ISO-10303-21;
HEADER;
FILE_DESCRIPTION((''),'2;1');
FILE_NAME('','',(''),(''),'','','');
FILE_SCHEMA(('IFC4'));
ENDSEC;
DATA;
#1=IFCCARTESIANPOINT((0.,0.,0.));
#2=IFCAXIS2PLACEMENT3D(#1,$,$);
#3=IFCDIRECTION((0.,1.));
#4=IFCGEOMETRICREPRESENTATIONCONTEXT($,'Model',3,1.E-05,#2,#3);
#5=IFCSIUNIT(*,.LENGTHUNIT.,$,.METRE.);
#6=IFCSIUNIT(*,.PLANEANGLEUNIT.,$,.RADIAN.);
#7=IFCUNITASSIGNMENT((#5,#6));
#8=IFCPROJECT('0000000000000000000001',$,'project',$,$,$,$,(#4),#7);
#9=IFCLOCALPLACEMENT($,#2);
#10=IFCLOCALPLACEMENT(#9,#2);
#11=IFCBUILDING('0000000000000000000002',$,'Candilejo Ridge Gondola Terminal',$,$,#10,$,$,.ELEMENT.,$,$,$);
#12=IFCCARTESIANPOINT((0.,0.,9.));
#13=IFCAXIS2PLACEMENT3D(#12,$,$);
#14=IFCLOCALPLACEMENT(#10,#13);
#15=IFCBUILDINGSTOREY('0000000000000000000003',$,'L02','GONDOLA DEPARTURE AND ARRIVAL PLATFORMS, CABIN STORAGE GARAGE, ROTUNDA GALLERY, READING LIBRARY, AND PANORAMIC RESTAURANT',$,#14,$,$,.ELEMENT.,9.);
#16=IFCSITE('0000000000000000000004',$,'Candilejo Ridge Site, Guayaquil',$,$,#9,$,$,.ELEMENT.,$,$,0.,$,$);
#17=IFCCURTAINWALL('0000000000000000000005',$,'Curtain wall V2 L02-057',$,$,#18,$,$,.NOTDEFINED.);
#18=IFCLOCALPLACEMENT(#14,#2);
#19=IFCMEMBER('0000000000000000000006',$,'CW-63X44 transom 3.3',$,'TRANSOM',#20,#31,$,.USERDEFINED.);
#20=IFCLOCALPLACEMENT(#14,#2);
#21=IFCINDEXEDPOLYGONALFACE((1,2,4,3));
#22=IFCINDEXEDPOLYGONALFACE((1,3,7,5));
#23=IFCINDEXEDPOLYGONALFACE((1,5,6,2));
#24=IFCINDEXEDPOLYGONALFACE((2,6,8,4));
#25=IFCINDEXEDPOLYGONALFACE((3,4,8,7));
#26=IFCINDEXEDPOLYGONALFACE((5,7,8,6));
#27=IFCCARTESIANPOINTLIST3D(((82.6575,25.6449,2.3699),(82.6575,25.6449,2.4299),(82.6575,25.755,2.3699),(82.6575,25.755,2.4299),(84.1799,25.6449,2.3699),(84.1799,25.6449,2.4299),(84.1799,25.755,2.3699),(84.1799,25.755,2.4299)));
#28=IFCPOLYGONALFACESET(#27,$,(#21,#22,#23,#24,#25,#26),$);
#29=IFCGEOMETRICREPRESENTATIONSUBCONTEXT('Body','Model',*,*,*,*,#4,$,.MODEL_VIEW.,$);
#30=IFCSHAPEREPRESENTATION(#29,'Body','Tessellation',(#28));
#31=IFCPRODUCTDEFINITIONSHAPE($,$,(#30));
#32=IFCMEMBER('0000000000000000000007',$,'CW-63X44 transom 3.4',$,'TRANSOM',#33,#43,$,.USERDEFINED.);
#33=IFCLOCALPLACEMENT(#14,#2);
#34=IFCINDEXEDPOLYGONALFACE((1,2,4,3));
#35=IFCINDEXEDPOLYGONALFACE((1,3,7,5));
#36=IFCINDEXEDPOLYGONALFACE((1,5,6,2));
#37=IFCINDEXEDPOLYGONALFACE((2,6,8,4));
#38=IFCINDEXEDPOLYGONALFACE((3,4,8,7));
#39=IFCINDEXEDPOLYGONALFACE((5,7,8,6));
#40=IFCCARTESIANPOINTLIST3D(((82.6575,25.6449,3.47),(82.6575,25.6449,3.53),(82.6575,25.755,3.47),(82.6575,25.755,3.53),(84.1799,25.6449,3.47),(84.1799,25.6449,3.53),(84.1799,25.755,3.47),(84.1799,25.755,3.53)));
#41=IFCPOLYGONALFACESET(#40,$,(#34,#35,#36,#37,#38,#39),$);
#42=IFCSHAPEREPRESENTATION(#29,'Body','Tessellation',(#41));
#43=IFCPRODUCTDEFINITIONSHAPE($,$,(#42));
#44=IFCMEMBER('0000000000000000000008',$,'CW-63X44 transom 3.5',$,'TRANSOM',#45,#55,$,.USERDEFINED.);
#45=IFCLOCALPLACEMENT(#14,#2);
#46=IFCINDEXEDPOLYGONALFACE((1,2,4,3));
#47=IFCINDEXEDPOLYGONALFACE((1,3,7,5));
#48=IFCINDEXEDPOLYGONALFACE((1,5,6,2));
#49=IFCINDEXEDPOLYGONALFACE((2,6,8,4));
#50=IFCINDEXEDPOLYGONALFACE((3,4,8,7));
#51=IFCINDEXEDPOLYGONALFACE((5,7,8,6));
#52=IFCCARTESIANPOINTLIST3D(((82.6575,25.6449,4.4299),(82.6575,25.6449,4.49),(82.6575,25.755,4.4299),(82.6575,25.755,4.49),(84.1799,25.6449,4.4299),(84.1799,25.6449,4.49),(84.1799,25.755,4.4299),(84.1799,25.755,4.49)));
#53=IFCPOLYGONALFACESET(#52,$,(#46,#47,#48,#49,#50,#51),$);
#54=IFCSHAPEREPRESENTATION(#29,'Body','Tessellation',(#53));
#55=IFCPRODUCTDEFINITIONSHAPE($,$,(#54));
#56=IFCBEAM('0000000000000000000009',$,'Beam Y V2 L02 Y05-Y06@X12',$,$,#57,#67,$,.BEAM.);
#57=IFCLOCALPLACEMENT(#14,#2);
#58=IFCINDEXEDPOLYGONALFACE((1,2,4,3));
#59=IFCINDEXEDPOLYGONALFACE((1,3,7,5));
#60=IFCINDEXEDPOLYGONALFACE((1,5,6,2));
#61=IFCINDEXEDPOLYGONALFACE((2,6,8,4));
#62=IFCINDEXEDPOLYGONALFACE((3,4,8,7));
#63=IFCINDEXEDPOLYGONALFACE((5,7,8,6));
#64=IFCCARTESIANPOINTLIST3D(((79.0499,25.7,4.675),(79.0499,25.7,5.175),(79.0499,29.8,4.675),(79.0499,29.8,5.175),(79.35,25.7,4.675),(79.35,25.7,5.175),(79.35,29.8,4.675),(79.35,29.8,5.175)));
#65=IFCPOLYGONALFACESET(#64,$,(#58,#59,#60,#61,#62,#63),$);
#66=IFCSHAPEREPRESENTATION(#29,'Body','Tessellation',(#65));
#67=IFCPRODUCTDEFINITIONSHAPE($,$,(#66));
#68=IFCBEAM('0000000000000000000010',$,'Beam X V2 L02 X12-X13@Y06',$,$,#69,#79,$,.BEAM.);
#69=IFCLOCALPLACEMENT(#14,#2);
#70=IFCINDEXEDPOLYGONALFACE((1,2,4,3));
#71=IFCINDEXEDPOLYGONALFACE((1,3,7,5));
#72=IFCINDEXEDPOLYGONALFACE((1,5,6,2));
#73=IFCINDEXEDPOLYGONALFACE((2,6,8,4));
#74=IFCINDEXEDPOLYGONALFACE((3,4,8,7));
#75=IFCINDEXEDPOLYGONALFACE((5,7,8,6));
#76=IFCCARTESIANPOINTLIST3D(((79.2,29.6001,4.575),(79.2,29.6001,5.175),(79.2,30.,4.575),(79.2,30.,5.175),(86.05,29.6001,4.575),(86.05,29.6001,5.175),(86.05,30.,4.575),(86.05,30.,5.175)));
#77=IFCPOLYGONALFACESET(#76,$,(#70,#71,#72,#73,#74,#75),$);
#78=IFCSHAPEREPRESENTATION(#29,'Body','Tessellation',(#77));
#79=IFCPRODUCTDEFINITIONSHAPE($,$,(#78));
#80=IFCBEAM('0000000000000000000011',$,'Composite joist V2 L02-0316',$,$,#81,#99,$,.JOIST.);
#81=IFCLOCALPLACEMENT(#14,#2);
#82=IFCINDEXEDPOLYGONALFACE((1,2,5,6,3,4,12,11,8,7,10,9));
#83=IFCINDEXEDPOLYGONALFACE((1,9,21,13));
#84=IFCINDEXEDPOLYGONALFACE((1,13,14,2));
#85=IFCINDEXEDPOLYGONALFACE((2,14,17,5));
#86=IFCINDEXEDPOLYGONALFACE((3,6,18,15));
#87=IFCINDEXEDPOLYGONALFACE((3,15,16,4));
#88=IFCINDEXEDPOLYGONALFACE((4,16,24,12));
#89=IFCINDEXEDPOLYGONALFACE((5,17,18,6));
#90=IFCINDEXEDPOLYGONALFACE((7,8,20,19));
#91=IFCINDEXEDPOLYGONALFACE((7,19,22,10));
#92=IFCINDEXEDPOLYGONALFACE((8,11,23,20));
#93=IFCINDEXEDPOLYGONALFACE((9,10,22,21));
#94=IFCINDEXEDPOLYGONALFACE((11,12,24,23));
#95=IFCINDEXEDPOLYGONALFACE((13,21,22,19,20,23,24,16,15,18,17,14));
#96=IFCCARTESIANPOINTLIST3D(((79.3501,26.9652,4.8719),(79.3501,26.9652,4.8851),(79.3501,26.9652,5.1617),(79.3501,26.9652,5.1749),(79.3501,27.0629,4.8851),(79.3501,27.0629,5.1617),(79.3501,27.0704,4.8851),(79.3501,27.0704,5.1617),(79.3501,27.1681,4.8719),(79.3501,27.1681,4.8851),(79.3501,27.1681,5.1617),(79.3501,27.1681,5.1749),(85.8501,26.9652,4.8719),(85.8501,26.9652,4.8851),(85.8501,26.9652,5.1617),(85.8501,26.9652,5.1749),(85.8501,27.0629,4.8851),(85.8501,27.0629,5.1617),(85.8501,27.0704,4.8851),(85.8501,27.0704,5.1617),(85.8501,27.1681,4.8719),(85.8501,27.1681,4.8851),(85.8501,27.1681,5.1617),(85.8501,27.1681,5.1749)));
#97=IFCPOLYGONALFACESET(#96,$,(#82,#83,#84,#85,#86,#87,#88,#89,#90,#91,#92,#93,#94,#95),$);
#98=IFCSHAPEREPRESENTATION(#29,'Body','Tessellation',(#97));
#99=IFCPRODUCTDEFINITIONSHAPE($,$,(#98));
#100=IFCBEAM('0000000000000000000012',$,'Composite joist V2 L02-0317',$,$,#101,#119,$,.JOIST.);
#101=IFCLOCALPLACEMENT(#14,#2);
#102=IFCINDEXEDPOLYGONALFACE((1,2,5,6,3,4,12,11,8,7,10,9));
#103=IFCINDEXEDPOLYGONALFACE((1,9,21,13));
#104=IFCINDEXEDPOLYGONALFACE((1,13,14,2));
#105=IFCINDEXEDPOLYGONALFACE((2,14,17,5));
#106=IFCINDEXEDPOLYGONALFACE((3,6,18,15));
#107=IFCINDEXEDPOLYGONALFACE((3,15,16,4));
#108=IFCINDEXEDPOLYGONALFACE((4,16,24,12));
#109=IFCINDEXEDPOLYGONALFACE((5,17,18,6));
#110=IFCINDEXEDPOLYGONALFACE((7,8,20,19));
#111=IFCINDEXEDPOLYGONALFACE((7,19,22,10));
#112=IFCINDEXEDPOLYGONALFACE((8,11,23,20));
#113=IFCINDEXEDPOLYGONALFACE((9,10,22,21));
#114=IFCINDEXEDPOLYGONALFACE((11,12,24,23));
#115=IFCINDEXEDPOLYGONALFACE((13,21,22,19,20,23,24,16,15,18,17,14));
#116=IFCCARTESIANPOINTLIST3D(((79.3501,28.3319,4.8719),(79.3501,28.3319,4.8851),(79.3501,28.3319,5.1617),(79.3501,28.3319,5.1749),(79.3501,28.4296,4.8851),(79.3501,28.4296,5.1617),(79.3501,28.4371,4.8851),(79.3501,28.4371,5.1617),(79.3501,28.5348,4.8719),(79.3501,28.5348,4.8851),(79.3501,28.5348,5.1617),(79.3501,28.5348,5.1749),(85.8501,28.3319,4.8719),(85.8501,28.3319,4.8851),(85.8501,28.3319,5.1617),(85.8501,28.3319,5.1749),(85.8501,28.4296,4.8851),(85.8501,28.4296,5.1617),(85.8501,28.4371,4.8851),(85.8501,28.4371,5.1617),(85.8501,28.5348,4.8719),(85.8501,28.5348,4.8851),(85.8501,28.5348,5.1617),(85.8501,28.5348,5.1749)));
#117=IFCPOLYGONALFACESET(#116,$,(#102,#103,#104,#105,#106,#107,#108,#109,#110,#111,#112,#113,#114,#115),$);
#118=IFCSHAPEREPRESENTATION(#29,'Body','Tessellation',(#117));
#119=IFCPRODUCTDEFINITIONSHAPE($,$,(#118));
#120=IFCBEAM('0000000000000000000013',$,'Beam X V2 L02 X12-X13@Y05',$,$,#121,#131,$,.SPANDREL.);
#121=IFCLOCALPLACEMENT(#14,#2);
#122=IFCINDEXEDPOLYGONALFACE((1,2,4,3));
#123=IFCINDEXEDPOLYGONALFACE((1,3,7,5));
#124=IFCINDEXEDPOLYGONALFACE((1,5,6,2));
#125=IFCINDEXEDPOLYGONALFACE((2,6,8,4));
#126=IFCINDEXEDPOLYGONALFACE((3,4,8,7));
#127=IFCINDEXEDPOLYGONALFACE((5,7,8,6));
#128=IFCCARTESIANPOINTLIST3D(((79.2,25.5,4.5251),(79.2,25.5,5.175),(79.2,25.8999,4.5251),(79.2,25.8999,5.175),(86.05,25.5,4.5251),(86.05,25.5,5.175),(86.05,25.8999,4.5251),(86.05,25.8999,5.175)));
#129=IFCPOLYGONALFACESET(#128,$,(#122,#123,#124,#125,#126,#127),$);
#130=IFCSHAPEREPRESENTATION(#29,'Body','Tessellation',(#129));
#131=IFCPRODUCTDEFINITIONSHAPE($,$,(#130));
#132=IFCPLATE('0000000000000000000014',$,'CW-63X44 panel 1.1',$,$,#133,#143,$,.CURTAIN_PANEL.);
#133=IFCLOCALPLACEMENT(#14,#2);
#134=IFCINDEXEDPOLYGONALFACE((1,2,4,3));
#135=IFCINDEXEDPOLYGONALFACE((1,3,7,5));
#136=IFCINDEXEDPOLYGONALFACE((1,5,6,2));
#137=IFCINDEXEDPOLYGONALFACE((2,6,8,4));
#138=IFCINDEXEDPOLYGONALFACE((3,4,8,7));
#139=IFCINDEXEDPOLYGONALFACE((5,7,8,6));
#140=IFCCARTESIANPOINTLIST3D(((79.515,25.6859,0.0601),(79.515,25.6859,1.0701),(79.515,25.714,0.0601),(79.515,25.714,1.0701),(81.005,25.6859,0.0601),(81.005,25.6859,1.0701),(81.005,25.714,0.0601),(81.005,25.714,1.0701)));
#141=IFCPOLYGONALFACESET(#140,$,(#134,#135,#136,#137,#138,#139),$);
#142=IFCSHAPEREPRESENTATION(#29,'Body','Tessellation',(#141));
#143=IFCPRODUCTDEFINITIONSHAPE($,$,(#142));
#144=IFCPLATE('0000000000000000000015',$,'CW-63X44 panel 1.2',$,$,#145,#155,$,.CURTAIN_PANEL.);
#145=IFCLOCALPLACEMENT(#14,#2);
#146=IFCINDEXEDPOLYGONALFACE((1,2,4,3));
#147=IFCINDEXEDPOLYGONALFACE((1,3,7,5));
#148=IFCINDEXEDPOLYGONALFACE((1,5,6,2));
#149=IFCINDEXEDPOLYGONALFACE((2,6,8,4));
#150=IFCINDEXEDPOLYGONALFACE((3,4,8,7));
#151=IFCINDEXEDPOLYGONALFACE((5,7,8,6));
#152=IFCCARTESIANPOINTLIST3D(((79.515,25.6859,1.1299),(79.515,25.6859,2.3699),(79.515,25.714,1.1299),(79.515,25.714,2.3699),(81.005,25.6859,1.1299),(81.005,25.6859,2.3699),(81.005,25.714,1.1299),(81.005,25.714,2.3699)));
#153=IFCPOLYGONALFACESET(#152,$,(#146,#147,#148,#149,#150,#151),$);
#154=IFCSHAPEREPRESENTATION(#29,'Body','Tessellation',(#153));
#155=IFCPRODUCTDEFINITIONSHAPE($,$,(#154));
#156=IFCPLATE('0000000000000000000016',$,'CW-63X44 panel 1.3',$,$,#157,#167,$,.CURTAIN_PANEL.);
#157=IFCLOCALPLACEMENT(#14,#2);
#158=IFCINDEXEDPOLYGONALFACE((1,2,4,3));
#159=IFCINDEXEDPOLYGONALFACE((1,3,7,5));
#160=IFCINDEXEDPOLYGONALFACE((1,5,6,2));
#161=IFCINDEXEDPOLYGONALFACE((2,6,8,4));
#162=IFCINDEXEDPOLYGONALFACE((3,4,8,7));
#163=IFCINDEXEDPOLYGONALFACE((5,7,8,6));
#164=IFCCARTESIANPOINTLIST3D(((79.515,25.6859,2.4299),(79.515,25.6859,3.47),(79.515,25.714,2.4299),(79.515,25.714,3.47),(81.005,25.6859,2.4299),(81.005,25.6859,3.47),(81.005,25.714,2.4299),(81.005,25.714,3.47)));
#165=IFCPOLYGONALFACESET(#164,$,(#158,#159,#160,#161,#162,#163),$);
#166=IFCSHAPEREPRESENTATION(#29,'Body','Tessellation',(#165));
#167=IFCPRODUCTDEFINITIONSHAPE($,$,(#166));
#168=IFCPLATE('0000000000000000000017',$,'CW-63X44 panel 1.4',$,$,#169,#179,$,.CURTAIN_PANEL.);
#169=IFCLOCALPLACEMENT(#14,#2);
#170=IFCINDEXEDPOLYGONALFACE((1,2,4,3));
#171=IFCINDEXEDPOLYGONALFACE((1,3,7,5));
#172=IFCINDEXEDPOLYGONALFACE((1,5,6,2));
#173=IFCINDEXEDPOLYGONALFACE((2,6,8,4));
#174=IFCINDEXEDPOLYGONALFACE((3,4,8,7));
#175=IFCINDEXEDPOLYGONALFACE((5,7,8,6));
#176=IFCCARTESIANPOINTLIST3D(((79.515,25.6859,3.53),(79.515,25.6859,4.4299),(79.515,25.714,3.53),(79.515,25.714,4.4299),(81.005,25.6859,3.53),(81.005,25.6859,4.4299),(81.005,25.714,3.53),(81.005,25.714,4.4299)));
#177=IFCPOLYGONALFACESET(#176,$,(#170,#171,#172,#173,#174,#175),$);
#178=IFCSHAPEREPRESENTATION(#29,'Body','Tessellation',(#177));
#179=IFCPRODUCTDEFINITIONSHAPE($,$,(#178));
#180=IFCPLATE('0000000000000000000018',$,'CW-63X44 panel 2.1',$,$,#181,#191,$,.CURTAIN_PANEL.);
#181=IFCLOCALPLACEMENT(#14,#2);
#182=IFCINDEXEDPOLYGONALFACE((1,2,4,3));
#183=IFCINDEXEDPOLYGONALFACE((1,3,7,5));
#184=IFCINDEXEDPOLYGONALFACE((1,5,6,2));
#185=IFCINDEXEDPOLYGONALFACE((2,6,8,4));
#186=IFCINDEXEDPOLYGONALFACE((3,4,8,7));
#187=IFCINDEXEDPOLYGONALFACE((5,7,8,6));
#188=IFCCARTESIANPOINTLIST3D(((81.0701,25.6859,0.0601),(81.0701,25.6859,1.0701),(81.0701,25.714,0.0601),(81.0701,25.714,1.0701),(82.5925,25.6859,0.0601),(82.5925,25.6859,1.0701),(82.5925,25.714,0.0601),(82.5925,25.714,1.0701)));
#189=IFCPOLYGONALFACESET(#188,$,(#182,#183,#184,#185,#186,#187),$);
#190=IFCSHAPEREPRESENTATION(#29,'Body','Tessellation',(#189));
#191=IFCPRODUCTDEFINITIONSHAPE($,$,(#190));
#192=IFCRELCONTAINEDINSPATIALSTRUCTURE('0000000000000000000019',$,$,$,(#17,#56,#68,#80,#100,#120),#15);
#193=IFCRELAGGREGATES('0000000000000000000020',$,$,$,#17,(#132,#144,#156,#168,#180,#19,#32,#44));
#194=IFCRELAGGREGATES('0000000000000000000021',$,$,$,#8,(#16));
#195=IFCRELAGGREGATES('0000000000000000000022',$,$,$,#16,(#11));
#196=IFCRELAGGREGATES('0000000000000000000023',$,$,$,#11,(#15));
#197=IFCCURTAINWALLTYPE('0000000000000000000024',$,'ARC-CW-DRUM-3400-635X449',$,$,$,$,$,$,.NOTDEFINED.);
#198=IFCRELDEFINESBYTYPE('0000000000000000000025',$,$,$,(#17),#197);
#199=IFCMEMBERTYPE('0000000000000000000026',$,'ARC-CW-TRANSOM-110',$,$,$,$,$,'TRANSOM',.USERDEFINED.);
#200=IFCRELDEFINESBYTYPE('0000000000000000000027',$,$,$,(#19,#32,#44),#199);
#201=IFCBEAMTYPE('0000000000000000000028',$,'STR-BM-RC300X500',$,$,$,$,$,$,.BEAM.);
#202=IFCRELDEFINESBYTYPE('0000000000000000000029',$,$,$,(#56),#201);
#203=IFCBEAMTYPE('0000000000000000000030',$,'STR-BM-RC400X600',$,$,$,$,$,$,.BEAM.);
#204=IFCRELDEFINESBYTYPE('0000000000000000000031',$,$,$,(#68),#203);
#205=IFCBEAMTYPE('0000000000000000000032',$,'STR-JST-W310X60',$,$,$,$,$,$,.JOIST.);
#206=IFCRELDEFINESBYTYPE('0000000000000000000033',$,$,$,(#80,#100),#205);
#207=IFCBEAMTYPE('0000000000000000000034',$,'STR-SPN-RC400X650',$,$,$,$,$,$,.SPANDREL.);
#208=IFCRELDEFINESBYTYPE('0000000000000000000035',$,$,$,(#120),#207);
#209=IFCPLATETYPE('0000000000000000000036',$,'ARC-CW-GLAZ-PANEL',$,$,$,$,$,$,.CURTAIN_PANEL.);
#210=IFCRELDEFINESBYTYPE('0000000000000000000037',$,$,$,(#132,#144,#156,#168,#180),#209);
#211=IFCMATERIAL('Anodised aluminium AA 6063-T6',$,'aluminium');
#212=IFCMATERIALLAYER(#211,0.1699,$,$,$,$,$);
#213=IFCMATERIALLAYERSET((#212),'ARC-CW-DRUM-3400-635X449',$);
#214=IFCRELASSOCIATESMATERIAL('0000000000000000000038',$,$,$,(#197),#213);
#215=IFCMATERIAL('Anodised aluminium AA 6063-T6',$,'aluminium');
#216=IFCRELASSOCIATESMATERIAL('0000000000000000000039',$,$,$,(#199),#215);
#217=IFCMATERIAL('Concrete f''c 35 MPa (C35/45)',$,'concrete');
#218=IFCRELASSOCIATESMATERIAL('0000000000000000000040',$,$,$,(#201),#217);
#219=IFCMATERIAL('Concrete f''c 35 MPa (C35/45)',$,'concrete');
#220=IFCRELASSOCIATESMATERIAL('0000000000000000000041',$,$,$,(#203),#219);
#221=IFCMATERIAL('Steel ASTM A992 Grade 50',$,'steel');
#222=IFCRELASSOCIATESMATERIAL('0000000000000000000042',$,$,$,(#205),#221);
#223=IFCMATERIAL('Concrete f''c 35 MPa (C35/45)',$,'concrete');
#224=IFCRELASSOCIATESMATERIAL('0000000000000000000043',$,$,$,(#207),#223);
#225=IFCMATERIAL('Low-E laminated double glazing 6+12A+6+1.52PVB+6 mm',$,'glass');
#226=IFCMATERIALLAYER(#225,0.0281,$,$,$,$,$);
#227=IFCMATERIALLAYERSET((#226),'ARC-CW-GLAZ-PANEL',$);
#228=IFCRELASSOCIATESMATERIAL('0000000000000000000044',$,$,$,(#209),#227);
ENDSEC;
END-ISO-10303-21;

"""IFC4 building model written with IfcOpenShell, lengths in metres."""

from ifc_helpers import new_model, si_unit, direction, frame, origin, origin_2d, place, context, subcontext, project, spatial, rectangle, i_section, extrude, material, layer, layer_set, material_profile, profile_set, type_object, element, aggregate, save


model = new_model("IFC4")

# Units and contexts
model_context = context("Model", 3, precision=1e-05, world=origin(), true_north=direction((0.0, 1.0)))
body_context = subcontext(model_context, "Body", "Model", "MODEL_VIEW")
ifc_project = project(units=[si_unit("LENGTHUNIT", "METRE"), si_unit("PLANEANGLEUNIT", "RADIAN")], contexts=[model_context])

# Site, building, storey
site_placement = place(None, origin())
site = spatial("IfcSite", under=ifc_project, at=site_placement, Name="Candilejo Ridge Site, Guayaquil", CompositionType="ELEMENT", RefElevation=0.0)
building_placement = place(site_placement, origin())
building = spatial("IfcBuilding", under=site, at=building_placement, Name="Candilejo Ridge Gondola Terminal", CompositionType="ELEMENT")
storey_placement = place(building_placement, frame((0.0, 0.0, 9.0)))
storey = spatial("IfcBuildingStorey", under=building, at=storey_placement, Name="L02", Description="GONDOLA DEPARTURE AND ARRIVAL PLATFORMS, CABIN STORAGE GARAGE, ROTUNDA GALLERY, READING LIBRARY, AND PANORAMIC RESTAURANT", CompositionType="ELEMENT", Elevation=9.0)

# Curtain wall, members
ifc_material_1 = material(Name="Anodised aluminium AA 6063-T6", Category="aluminium")
ifc_layer_1 = layer(ifc_material_1, 0.1699)
ifc_layer_set_1 = layer_set([ifc_layer_1], Name="ARC-CW-DRUM-3400-635X449")
curtain_wall_type = type_object("IfcCurtainWallType", Name="ARC-CW-DRUM-3400-635X449", PredefinedType="NOTDEFINED", material=ifc_layer_set_1)
curtain_wall_placement = place(storey_placement, origin())
curtain_wall = element("IfcCurtainWall", 1, at=curtain_wall_placement, inside=storey, type_object=curtain_wall_type, Name="Curtain wall V2 L02-057", PredefinedType="NOTDEFINED")
ifc_material_2 = material(Name="Anodised aluminium AA 6063-T6", Category="aluminium")
ifc_material_profile_1 = material_profile(ifc_material_2, rectangle(XDim=0.1101, YDim=0.0601, at=origin_2d()))
ifc_profile_set_1 = profile_set([ifc_material_profile_1], Name="Anodised aluminium AA 6063-T6")
member_type_1 = type_object("IfcMemberType", Name="ARC-CW-TRANSOM-110", ElementType="TRANSOM", PredefinedType="USERDEFINED", material=ifc_profile_set_1)
member_1_placement = place(storey_placement, frame((82.6575, 25.7, 2.3999), z_axis=(1.0, 0.0, 0.0), x_axis=(0.0, 1.0, 0.0)))
member_1 = element("IfcMember", 2, at=member_1_placement, type_object=member_type_1, Name="CW-63X44 transom 3.3", ObjectType="TRANSOM", PredefinedType="USERDEFINED", context=body_context, shape_type="SweptSolid", body=[
    extrude(rectangle(XDim=0.1101, YDim=0.0601, at=origin_2d()), origin(), (0.0, 0.0, 1.0), 1.5225),
])
member_2_placement = place(storey_placement, frame((82.6575, 25.7, 3.5), z_axis=(1.0, 0.0, 0.0), x_axis=(0.0, 1.0, 0.0)))
member_2 = element("IfcMember", 3, at=member_2_placement, type_object=member_type_1, Name="CW-63X44 transom 3.4", ObjectType="TRANSOM", PredefinedType="USERDEFINED", context=body_context, shape_type="SweptSolid", body=[
    extrude(rectangle(XDim=0.1101, YDim=0.0601, at=origin_2d()), origin(), (0.0, 0.0, 1.0), 1.5225),
])
member_3_placement = place(storey_placement, frame((82.6575, 25.7, 4.46), z_axis=(1.0, 0.0, 0.0), x_axis=(0.0, 1.0, 0.0)))
member_3 = element("IfcMember", 4, at=member_3_placement, type_object=member_type_1, Name="CW-63X44 transom 3.5", ObjectType="TRANSOM", PredefinedType="USERDEFINED", context=body_context, shape_type="SweptSolid", body=[
    extrude(rectangle(XDim=0.1101, YDim=0.0601, at=origin_2d()), origin(), (0.0, 0.0, 1.0), 1.5225),
])

# Beams
ifc_material_3 = material(Name="Concrete f'c 35 MPa (C35/45)", Category="concrete")
ifc_material_profile_2 = material_profile(ifc_material_3, rectangle(XDim=0.3, YDim=0.5, at=origin_2d()))
ifc_profile_set_2 = profile_set([ifc_material_profile_2], Name="Concrete f'c 35 MPa (C35/45)")
beam_type_1 = type_object("IfcBeamType", Name="STR-BM-RC300X500", PredefinedType="BEAM", material=ifc_profile_set_2)
beam_1_placement = place(storey_placement, frame((79.2, 25.7, 4.925), z_axis=(0.0, 1.0, 0.0), x_axis=(-1.0, 0.0, 0.0)))
element("IfcBeam", 5, at=beam_1_placement, inside=storey, type_object=beam_type_1, Name="Beam Y V2 L02 Y05-Y06@X12", PredefinedType="BEAM", context=body_context, shape_type="SweptSolid", body=[
    extrude(rectangle(XDim=0.3, YDim=0.5, at=origin_2d()), origin(), (0.0, 0.0, 1.0), 4.1001),
])
ifc_material_4 = material(Name="Concrete f'c 35 MPa (C35/45)", Category="concrete")
ifc_material_profile_3 = material_profile(ifc_material_4, rectangle(XDim=0.3999, YDim=0.6001, at=origin_2d()))
ifc_profile_set_3 = profile_set([ifc_material_profile_3], Name="Concrete f'c 35 MPa (C35/45)")
beam_type_2 = type_object("IfcBeamType", Name="STR-BM-RC400X600", PredefinedType="BEAM", material=ifc_profile_set_3)
beam_2_placement = place(storey_placement, frame((79.2, 29.8, 4.875), z_axis=(1.0, 0.0, 0.0), x_axis=(0.0, 1.0, 0.0)))
element("IfcBeam", 6, at=beam_2_placement, inside=storey, type_object=beam_type_2, Name="Beam X V2 L02 X12-X13@Y06", PredefinedType="BEAM", context=body_context, shape_type="SweptSolid", body=[
    extrude(rectangle(XDim=0.3999, YDim=0.6001, at=origin_2d()), origin(), (0.0, 0.0, 1.0), 6.8501),
])
ifc_material_5 = material(Name="Steel ASTM A992 Grade 50", Category="steel")
ifc_material_profile_4 = material_profile(ifc_material_5, i_section(OverallWidth=0.2029, OverallDepth=0.303, WebThickness=0.0076, FlangeThickness=0.0132, at=origin_2d()))
ifc_profile_set_4 = profile_set([ifc_material_profile_4], Name="Steel ASTM A992 Grade 50")
beam_type_3 = type_object("IfcBeamType", Name="STR-JST-W310X60", PredefinedType="JOIST", material=ifc_profile_set_4)
for number, where, z_axis, x_axis, name in (
    (7, (79.3501, 27.0667, 5.0234), (1.0, 0.0, 0.0), (0.0, 1.0, 0.0), "Composite joist V2 L02-0316"),
    (8, (79.3501, 28.4333, 5.0234), (1.0, 0.0, 0.0), (0.0, 1.0, 0.0), "Composite joist V2 L02-0317"),
):
    element("IfcBeam", number, at=place(storey_placement, frame(where, z_axis=z_axis, x_axis=x_axis)), inside=storey, type_object=beam_type_3, Name=name, PredefinedType="JOIST", context=body_context, shape_type="SweptSolid", body=[
        extrude(i_section(OverallWidth=0.2029, OverallDepth=0.303, WebThickness=0.0076, FlangeThickness=0.0132, at=origin_2d()), origin(), (0.0, 0.0, 1.0), 6.5),
    ])
ifc_material_6 = material(Name="Concrete f'c 35 MPa (C35/45)", Category="concrete")
ifc_material_profile_5 = material_profile(ifc_material_6, rectangle(XDim=0.3999, YDim=0.6499, at=origin_2d()))
ifc_profile_set_5 = profile_set([ifc_material_profile_5], Name="Concrete f'c 35 MPa (C35/45)")
beam_type_4 = type_object("IfcBeamType", Name="STR-SPN-RC400X650", PredefinedType="SPANDREL", material=ifc_profile_set_5)
beam_3_placement = place(storey_placement, frame((79.2, 25.7, 4.8501), z_axis=(1.0, 0.0, 0.0), x_axis=(0.0, 1.0, 0.0)))
element("IfcBeam", 9, at=beam_3_placement, inside=storey, type_object=beam_type_4, Name="Beam X V2 L02 X12-X13@Y05", PredefinedType="SPANDREL", context=body_context, shape_type="SweptSolid", body=[
    extrude(rectangle(XDim=0.3999, YDim=0.6499, at=origin_2d()), origin(), (0.0, 0.0, 1.0), 6.8501),
])

# Plates
ifc_material_7 = material(Name="Low-E laminated double glazing 6+12A+6+1.52PVB+6 mm", Category="glass")
ifc_layer_2 = layer(ifc_material_7, 0.0281)
ifc_layer_set_2 = layer_set([ifc_layer_2], Name="ARC-CW-GLAZ-PANEL")
plate_type = type_object("IfcPlateType", Name="ARC-CW-GLAZ-PANEL", PredefinedType="CURTAIN_PANEL", material=ifc_layer_set_2)
plate_1_placement = place(storey_placement, frame((80.26, 25.7, 0.0601), z_axis=(0.0, 0.0, 1.0), x_axis=(1.0, 0.0, 0.0)))
plate_1 = element("IfcPlate", 10, at=plate_1_placement, type_object=plate_type, Name="CW-63X44 panel 1.1", PredefinedType="CURTAIN_PANEL", context=body_context, shape_type="SweptSolid", body=[
    extrude(rectangle(XDim=1.49, YDim=0.0281, at=origin_2d()), origin(), (0.0, 0.0, 1.0), 1.01),
])
plate_2_placement = place(storey_placement, frame((80.26, 25.7, 1.1299), z_axis=(0.0, 0.0, 1.0), x_axis=(1.0, 0.0, 0.0)))
plate_2 = element("IfcPlate", 11, at=plate_2_placement, type_object=plate_type, Name="CW-63X44 panel 1.2", PredefinedType="CURTAIN_PANEL", context=body_context, shape_type="SweptSolid", body=[
    extrude(rectangle(XDim=1.49, YDim=0.0281, at=origin_2d()), origin(), (0.0, 0.0, 1.0), 1.24),
])
plate_3_placement = place(storey_placement, frame((80.26, 25.7, 2.4299), z_axis=(0.0, 0.0, 1.0), x_axis=(1.0, 0.0, 0.0)))
plate_3 = element("IfcPlate", 12, at=plate_3_placement, type_object=plate_type, Name="CW-63X44 panel 1.3", PredefinedType="CURTAIN_PANEL", context=body_context, shape_type="SweptSolid", body=[
    extrude(rectangle(XDim=1.49, YDim=0.0281, at=origin_2d()), origin(), (0.0, 0.0, 1.0), 1.04),
])
plate_4_placement = place(storey_placement, frame((80.26, 25.7, 3.53), z_axis=(0.0, 0.0, 1.0), x_axis=(1.0, 0.0, 0.0)))
plate_4 = element("IfcPlate", 13, at=plate_4_placement, type_object=plate_type, Name="CW-63X44 panel 1.4", PredefinedType="CURTAIN_PANEL", context=body_context, shape_type="SweptSolid", body=[
    extrude(rectangle(XDim=1.49, YDim=0.0281, at=origin_2d()), origin(), (0.0, 0.0, 1.0), 0.8999),
])
plate_5_placement = place(storey_placement, frame((81.8313, 25.7, 0.0601), z_axis=(0.0, 0.0, 1.0), x_axis=(1.0, 0.0, 0.0)))
plate_5 = element("IfcPlate", 14, at=plate_5_placement, type_object=plate_type, Name="CW-63X44 panel 2.1", PredefinedType="CURTAIN_PANEL", context=body_context, shape_type="SweptSolid", body=[
    extrude(rectangle(XDim=1.5225, YDim=0.0281, at=origin_2d()), origin(), (0.0, 0.0, 1.0), 1.01),
])
aggregate(curtain_wall, [plate_1, plate_2, plate_3, plate_4, plate_5, member_1, member_2, member_3])

save(model, "model.ifc")
